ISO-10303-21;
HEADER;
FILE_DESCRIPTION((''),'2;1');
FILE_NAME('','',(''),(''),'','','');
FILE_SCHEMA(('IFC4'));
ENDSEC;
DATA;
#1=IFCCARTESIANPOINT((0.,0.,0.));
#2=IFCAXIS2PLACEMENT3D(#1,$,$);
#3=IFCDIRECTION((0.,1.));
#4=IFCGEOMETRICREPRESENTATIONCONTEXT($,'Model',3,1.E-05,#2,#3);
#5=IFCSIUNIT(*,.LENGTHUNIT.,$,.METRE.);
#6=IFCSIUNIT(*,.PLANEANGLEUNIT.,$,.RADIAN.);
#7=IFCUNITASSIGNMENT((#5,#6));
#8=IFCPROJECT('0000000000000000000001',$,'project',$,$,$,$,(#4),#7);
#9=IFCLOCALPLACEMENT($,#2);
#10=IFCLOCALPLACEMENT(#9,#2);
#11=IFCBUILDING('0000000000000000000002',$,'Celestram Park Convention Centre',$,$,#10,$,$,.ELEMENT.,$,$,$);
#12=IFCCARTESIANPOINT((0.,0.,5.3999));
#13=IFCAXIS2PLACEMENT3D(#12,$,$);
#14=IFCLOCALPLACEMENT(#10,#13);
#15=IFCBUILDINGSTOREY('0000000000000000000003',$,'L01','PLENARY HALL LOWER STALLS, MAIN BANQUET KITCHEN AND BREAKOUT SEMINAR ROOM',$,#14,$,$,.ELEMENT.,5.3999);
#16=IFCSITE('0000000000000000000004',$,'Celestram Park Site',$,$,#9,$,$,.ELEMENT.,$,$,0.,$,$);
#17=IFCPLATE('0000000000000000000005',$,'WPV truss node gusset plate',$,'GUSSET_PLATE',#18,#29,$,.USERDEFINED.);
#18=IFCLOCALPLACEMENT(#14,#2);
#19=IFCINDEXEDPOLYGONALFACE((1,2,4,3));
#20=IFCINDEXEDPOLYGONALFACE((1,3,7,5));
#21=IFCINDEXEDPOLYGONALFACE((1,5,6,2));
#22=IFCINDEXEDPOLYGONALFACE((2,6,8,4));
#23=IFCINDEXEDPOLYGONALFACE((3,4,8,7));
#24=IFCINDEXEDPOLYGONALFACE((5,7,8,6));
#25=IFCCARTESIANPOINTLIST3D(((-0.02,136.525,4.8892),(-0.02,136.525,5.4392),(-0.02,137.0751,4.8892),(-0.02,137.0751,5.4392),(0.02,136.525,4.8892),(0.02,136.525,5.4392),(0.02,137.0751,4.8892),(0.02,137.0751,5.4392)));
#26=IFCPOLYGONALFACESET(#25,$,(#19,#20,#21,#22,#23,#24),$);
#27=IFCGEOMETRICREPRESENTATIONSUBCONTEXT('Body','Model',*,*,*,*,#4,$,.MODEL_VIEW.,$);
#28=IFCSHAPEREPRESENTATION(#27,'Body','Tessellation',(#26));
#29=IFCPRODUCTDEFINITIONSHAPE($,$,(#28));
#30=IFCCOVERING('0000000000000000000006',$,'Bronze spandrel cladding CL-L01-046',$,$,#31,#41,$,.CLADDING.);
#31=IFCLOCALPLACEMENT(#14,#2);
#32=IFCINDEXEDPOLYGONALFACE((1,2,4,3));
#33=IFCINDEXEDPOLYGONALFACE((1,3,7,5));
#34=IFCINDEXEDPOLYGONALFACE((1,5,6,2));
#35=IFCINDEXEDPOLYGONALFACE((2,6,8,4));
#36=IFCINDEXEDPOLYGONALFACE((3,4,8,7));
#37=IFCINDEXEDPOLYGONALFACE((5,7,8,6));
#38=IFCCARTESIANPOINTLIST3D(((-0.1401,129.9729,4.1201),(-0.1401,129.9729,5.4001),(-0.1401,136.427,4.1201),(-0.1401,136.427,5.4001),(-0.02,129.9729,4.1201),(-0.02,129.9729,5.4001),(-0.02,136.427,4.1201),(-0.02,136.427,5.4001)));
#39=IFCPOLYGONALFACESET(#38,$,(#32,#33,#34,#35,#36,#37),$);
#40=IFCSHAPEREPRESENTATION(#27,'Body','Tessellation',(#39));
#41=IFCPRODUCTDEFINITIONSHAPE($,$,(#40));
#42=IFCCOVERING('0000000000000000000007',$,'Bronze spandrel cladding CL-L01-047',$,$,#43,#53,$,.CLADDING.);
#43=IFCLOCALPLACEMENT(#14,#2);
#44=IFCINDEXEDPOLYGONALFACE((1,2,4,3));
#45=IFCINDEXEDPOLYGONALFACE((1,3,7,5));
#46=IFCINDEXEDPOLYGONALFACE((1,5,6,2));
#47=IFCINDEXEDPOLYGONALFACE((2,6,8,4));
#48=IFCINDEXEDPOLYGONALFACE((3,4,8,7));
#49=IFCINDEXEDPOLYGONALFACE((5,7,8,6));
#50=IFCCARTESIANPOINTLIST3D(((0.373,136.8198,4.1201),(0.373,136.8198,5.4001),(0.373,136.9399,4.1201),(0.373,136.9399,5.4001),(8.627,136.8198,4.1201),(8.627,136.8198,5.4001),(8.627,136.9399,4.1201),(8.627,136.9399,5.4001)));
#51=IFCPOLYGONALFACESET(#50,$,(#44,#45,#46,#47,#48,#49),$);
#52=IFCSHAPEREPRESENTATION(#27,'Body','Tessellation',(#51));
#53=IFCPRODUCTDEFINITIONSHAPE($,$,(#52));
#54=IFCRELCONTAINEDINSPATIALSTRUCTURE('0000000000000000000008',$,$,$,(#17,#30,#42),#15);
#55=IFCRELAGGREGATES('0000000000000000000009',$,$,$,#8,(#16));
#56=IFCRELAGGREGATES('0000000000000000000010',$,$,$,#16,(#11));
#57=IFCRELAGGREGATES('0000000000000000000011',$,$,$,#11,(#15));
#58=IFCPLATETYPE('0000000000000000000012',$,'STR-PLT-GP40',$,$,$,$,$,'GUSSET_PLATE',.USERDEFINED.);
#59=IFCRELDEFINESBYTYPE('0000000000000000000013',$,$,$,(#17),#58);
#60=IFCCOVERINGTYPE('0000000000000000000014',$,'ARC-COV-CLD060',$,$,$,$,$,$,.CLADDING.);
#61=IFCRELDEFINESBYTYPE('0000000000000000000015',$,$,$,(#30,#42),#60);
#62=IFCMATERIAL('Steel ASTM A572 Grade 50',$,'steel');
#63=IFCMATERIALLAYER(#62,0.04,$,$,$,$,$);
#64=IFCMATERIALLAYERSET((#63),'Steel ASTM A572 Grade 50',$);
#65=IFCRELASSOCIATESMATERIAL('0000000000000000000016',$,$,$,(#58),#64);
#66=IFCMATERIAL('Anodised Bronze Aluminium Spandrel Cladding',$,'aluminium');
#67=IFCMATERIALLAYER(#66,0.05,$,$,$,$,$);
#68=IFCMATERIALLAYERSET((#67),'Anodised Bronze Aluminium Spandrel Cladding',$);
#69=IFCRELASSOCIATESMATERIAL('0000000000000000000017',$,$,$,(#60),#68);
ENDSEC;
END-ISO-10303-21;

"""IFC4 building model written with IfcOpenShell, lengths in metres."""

from ifc_helpers import new_model, si_unit, direction, frame, origin, origin_2d, place, context, subcontext, project, spatial, rectangle, extrude, material, layer, layer_set, type_object, element, save


model = new_model("IFC4")

# Units and contexts
model_context = context("Model", 3, precision=1e-05, world=origin(), true_north=direction((0.0, 1.0)))
body_context = subcontext(model_context, "Body", "Model", "MODEL_VIEW")
ifc_project = project(units=[si_unit("LENGTHUNIT", "METRE"), si_unit("PLANEANGLEUNIT", "RADIAN")], contexts=[model_context])

# Site, building, storey
site_placement = place(None, origin())
site = spatial("IfcSite", under=ifc_project, at=site_placement, Name="Celestram Park Site", CompositionType="ELEMENT", RefElevation=0.0)
building_placement = place(site_placement, origin())
building = spatial("IfcBuilding", under=site, at=building_placement, Name="Celestram Park Convention Centre", CompositionType="ELEMENT")
storey_placement = place(building_placement, frame((0.0, 0.0, 5.3999)))
storey = spatial("IfcBuildingStorey", under=building, at=storey_placement, Name="L01", Description="PLENARY HALL LOWER STALLS, MAIN BANQUET KITCHEN AND BREAKOUT SEMINAR ROOM", CompositionType="ELEMENT", Elevation=5.3999)

# Plate
ifc_material_1 = material(Name="Steel ASTM A572 Grade 50", Category="steel")
ifc_layer_1 = layer(ifc_material_1, 0.04)
ifc_layer_set_1 = layer_set([ifc_layer_1], Name="Steel ASTM A572 Grade 50")
plate_type_1 = type_object("IfcPlateType", Name="STR-PLT-GP40", ElementType="GUSSET_PLATE", PredefinedType="USERDEFINED", material=ifc_layer_set_1)
for number, where, z_axis, x_axis, name in (
    (1, (0.0, 136.8, 4.8892), (0.0, 0.0, 1.0), (0.0, 1.0, 0.0), "WPV truss node gusset plate"),
):
    element("IfcPlate", number, at=place(storey_placement, frame(where, z_axis=z_axis, x_axis=x_axis)), inside=storey, type_object=plate_type_1, Name=name, ObjectType="GUSSET_PLATE", PredefinedType="USERDEFINED", context=body_context, shape_type="SweptSolid", body=[
        extrude(rectangle(XDim=0.55, YDim=0.04, at=origin_2d()), origin(), (0.0, 0.0, 1.0), 0.55),
    ])

# Coverings
ifc_material_2 = material(Name="Anodised Bronze Aluminium Spandrel Cladding", Category="aluminium")
ifc_layer_2 = layer(ifc_material_2, 0.05)
ifc_layer_set_2 = layer_set([ifc_layer_2], Name="Anodised Bronze Aluminium Spandrel Cladding")
covering_type = type_object("IfcCoveringType", Name="ARC-COV-CLD060", PredefinedType="CLADDING", material=ifc_layer_set_2)
covering_1_placement = place(storey_placement, frame((-0.0801, 133.2, 4.1201), z_axis=(0.0, 0.0, 1.0), x_axis=(0.0, 1.0, 0.0)))
element("IfcCovering", 2, at=covering_1_placement, inside=storey, type_object=covering_type, Name="Bronze spandrel cladding CL-L01-046", PredefinedType="CLADDING", context=body_context, shape_type="SweptSolid", body=[
    extrude(rectangle(XDim=6.4541, YDim=0.1201, at=origin_2d()), origin(), (0.0, 0.0, 1.0), 1.28),
])
covering_2_placement = place(storey_placement, frame((4.5, 136.8799, 4.1201), z_axis=(0.0, 0.0, 1.0), x_axis=(1.0, 0.0, 0.0)))
element("IfcCovering", 3, at=covering_2_placement, inside=storey, type_object=covering_type, Name="Bronze spandrel cladding CL-L01-047", PredefinedType="CLADDING", context=body_context, shape_type="SweptSolid", body=[
    extrude(rectangle(XDim=8.2539, YDim=0.1201, at=origin_2d()), origin(), (0.0, 0.0, 1.0), 1.28),
])

save(model, "model.ifc")
